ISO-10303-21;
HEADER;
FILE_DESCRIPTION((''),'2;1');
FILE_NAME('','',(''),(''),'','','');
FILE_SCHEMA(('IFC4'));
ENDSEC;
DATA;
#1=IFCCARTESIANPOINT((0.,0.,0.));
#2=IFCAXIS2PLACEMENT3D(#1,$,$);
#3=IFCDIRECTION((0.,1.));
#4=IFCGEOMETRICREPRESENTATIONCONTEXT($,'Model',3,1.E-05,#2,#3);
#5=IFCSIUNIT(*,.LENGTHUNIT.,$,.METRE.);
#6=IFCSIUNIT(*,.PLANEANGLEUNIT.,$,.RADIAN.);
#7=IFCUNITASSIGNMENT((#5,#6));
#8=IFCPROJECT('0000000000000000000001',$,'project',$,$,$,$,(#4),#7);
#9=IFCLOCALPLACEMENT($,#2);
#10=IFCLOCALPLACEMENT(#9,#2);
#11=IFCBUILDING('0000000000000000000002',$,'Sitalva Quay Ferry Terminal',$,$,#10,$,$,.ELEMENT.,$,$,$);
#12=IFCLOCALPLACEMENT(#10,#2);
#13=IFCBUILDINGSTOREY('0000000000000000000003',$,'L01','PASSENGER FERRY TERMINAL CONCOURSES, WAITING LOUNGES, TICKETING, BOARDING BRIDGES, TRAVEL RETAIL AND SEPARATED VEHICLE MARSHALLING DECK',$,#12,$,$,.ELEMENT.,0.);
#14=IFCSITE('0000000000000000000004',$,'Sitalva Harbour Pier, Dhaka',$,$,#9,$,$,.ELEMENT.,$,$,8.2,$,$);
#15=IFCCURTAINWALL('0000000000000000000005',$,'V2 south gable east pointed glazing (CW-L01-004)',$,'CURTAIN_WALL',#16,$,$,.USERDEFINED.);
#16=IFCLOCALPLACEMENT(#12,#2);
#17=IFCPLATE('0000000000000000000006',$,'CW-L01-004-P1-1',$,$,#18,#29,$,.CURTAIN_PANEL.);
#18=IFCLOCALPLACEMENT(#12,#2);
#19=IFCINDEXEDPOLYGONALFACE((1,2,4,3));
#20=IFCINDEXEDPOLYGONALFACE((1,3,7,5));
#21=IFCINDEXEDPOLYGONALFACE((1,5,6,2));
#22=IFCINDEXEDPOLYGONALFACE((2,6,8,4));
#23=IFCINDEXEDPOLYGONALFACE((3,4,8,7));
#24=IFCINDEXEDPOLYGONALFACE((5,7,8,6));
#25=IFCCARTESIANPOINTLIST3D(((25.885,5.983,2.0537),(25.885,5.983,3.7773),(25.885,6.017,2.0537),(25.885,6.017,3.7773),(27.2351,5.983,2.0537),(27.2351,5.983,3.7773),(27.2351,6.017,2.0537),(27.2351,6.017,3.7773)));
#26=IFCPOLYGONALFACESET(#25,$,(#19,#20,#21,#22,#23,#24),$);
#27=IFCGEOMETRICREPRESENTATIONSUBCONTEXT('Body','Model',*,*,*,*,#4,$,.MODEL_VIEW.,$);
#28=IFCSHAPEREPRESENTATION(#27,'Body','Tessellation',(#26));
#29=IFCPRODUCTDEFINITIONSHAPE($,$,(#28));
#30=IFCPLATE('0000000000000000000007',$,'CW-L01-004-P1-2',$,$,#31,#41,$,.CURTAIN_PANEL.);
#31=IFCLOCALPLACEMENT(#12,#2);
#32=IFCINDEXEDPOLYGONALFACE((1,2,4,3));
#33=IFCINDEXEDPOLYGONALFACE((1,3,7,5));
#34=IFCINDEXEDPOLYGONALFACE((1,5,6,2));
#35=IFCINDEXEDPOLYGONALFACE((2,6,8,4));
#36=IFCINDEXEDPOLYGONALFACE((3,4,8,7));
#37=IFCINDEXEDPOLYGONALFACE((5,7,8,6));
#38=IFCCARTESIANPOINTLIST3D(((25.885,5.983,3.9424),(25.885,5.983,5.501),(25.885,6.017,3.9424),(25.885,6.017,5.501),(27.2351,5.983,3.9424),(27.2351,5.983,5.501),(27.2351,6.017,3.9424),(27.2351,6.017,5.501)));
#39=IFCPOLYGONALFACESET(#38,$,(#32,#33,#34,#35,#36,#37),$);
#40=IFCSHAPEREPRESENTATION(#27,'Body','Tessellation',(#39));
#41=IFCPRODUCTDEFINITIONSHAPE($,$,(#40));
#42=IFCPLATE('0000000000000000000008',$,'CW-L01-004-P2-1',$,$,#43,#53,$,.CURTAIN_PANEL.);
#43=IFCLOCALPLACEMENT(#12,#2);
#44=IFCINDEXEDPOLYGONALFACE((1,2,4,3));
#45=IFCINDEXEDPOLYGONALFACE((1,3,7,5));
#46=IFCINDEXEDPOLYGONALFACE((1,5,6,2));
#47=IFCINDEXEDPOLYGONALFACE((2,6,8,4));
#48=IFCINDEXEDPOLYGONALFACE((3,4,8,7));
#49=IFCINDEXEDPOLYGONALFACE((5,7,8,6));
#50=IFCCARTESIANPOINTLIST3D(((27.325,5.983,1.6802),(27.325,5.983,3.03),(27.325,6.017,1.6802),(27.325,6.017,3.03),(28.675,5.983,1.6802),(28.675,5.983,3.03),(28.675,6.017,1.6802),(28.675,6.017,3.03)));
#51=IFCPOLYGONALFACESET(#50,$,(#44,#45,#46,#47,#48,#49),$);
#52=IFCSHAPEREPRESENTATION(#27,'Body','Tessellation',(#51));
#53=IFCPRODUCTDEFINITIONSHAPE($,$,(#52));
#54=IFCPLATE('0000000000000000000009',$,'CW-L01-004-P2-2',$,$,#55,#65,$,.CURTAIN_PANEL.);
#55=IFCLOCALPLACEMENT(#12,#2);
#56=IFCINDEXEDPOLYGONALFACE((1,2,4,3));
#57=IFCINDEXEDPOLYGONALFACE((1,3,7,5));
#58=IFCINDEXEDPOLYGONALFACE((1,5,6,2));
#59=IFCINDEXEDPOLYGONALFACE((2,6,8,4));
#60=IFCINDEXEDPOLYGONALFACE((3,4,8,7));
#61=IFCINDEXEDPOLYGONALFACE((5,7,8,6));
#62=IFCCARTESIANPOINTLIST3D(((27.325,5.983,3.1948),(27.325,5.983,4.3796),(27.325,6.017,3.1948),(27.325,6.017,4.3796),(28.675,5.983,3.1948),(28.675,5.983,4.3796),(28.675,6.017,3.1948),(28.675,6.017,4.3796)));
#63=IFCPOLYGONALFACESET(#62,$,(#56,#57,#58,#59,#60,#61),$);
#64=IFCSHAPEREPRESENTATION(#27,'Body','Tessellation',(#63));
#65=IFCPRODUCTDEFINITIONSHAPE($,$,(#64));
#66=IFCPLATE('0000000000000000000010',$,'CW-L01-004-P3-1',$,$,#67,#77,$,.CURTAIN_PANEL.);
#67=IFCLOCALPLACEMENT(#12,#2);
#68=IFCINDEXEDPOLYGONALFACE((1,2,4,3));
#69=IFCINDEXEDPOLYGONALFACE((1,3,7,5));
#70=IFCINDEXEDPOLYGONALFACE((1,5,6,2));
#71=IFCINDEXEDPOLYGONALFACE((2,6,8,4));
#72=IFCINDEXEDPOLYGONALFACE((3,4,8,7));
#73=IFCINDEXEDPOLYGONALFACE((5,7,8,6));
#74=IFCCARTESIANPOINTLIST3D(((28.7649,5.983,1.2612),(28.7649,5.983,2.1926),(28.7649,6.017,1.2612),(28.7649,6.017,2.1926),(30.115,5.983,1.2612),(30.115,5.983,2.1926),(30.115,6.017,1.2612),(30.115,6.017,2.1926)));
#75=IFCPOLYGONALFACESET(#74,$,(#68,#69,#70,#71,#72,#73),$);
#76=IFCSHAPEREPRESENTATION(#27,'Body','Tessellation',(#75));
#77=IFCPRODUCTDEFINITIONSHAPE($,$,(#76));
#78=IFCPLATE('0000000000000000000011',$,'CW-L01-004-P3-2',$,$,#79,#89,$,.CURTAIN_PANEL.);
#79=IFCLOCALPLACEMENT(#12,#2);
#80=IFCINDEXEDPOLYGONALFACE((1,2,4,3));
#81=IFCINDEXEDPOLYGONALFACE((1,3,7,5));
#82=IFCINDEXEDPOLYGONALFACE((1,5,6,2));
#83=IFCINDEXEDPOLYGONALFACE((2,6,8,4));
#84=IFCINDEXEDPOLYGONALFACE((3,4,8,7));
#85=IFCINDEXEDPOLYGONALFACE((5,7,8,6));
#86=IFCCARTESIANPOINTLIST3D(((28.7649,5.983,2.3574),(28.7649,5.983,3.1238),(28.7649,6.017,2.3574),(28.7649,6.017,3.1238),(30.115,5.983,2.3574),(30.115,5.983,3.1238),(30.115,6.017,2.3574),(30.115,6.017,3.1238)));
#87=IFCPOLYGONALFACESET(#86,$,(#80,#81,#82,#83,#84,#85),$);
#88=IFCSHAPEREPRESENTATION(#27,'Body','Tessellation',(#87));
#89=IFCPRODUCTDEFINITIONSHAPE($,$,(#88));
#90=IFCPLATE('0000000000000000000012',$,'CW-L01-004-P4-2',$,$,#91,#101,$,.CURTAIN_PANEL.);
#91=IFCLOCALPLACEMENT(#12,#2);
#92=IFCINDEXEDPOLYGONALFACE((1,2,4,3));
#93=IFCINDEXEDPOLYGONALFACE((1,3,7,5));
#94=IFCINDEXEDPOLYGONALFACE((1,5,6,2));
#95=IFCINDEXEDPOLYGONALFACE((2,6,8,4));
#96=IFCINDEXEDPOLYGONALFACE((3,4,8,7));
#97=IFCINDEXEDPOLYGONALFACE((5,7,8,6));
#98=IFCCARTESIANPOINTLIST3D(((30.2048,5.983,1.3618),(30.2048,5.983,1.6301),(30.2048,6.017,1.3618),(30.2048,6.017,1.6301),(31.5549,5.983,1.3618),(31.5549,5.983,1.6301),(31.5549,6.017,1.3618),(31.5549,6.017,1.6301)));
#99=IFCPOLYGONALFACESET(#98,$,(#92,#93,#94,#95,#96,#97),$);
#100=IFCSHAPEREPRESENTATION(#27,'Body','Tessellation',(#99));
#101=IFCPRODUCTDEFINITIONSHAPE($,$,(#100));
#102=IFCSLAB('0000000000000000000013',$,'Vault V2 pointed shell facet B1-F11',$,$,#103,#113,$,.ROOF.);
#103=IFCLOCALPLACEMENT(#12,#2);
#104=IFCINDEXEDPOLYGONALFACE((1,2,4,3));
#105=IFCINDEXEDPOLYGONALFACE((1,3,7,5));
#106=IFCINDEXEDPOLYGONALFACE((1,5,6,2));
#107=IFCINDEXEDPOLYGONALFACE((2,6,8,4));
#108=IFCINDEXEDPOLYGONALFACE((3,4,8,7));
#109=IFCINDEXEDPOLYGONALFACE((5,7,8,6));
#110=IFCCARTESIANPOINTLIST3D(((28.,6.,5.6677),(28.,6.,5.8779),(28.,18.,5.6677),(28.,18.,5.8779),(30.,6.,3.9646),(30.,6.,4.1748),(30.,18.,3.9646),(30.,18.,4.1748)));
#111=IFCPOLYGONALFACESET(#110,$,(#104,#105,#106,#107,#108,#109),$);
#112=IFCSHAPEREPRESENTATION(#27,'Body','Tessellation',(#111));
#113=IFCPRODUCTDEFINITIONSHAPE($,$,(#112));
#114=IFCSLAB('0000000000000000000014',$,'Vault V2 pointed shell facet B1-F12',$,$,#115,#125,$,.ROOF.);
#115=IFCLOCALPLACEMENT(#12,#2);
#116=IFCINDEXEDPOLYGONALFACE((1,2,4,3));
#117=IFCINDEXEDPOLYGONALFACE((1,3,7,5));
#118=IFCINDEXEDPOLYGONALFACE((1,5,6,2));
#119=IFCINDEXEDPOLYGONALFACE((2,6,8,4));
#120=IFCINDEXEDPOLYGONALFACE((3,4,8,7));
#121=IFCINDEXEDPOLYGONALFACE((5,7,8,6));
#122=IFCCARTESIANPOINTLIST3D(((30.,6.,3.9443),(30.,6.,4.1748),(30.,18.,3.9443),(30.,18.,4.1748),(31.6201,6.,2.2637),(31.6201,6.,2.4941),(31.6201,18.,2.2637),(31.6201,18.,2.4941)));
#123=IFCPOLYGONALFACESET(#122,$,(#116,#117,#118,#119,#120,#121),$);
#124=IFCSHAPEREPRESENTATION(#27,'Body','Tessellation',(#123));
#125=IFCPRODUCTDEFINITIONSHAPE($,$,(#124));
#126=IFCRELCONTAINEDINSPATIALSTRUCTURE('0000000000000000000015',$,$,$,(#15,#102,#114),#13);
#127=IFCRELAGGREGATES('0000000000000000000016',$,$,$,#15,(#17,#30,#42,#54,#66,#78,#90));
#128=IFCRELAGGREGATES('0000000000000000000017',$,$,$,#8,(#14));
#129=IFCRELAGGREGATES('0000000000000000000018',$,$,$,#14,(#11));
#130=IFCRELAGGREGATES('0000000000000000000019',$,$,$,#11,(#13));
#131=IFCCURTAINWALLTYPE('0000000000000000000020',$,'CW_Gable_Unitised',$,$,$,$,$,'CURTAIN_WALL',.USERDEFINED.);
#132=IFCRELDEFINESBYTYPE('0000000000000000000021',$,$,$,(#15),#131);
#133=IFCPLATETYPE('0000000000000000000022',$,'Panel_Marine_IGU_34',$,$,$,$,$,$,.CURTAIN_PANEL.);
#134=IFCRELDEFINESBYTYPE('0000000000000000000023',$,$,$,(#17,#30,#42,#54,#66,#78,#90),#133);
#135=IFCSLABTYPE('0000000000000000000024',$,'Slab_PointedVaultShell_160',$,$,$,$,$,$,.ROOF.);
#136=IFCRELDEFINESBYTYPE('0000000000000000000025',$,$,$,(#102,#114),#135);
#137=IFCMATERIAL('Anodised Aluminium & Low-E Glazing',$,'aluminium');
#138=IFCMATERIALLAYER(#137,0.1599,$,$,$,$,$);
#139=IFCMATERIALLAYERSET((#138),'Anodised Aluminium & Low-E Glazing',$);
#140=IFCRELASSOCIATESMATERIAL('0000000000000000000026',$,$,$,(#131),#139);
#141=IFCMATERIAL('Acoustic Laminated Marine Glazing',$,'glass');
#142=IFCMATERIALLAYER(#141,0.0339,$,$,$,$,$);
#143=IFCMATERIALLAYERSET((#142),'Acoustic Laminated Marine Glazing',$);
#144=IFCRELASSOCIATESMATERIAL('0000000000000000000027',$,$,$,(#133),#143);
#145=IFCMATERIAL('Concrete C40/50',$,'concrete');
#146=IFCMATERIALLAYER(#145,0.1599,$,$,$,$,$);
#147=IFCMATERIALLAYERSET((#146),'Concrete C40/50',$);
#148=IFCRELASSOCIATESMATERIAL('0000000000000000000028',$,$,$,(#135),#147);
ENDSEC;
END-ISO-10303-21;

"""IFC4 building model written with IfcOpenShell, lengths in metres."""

from ifc_helpers import new_model, si_unit, direction, frame, origin, origin_2d, place, context, subcontext, project, spatial, polyline, rectangle, outline, extrude, material, layer, layer_set, type_object, element, aggregate, save


model = new_model("IFC4")

# Units and contexts
model_context = context("Model", 3, precision=1e-05, world=origin(), true_north=direction((0.0, 1.0)))
body_context = subcontext(model_context, "Body", "Model", "MODEL_VIEW")
ifc_project = project(units=[si_unit("LENGTHUNIT", "METRE"), si_unit("PLANEANGLEUNIT", "RADIAN")], contexts=[model_context])

# Site, building, storey
site_placement = place(None, origin())
site = spatial("IfcSite", under=ifc_project, at=site_placement, Name="Sitalva Harbour Pier, Dhaka", CompositionType="ELEMENT", RefElevation=8.2)
building_placement = place(site_placement, origin())
building = spatial("IfcBuilding", under=site, at=building_placement, Name="Sitalva Quay Ferry Terminal", CompositionType="ELEMENT")
storey_placement = place(building_placement, origin())
storey = spatial("IfcBuildingStorey", under=building, at=storey_placement, Name="L01", Description="PASSENGER FERRY TERMINAL CONCOURSES, WAITING LOUNGES, TICKETING, BOARDING BRIDGES, TRAVEL RETAIL AND SEPARATED VEHICLE MARSHALLING DECK", CompositionType="ELEMENT", Elevation=0.0)

# Curtain wall, plates
ifc_material_1 = material(Name="Anodised Aluminium & Low-E Glazing", Category="aluminium")
ifc_layer_1 = layer(ifc_material_1, 0.1599)
ifc_layer_set_1 = layer_set([ifc_layer_1], Name="Anodised Aluminium & Low-E Glazing")
curtain_wall_type_1 = type_object("IfcCurtainWallType", Name="CW_Gable_Unitised", ElementType="CURTAIN_WALL", PredefinedType="USERDEFINED", material=ifc_layer_set_1)
curtain_wall_1_placement = place(storey_placement, origin())
curtain_wall_1 = element("IfcCurtainWall", 1, at=curtain_wall_1_placement, inside=storey, type_object=curtain_wall_type_1, Name="V2 south gable east pointed glazing (CW-L01-004)", ObjectType="CURTAIN_WALL", PredefinedType="USERDEFINED")
ifc_material_2 = material(Name="Acoustic Laminated Marine Glazing", Category="glass")
ifc_layer_2 = layer(ifc_material_2, 0.0339)
ifc_layer_set_2 = layer_set([ifc_layer_2], Name="Acoustic Laminated Marine Glazing")
plate_type = type_object("IfcPlateType", Name="Panel_Marine_IGU_34", PredefinedType="CURTAIN_PANEL", material=ifc_layer_set_2)
plate_1_placement = place(storey_placement, frame((26.5601, 6.0, 2.0537), z_axis=(0.0, 0.0, 1.0), x_axis=(1.0, 0.0, 0.0)))
plate_1 = element("IfcPlate", 2, at=plate_1_placement, type_object=plate_type, Name="CW-L01-004-P1-1", PredefinedType="CURTAIN_PANEL", context=body_context, shape_type="SweptSolid", body=[
    extrude(rectangle(XDim=1.3501, YDim=0.0339, at=origin_2d()), origin(), (0.0, 0.0, 1.0), 1.7236),
])
plate_2_placement = place(storey_placement, frame((26.5601, 6.0, 3.9424), z_axis=(0.0, 0.0, 1.0), x_axis=(1.0, 0.0, 0.0)))
plate_2 = element("IfcPlate", 3, at=plate_2_placement, type_object=plate_type, Name="CW-L01-004-P1-2", PredefinedType="CURTAIN_PANEL", context=body_context, shape_type="SweptSolid", body=[
    extrude(rectangle(XDim=1.3501, YDim=0.0339, at=origin_2d()), origin(), (0.0, 0.0, 1.0), 1.5586),
])
plate_3_placement = place(storey_placement, frame((28.0, 6.0, 1.6802), z_axis=(0.0, 0.0, 1.0), x_axis=(1.0, 0.0, 0.0)))
plate_3 = element("IfcPlate", 4, at=plate_3_placement, type_object=plate_type, Name="CW-L01-004-P2-1", PredefinedType="CURTAIN_PANEL", context=body_context, shape_type="SweptSolid", body=[
    extrude(rectangle(XDim=1.3501, YDim=0.0339, at=origin_2d()), origin(), (0.0, 0.0, 1.0), 1.3499),
])
plate_4_placement = place(storey_placement, frame((28.0, 6.0, 3.1948), z_axis=(0.0, 0.0, 1.0), x_axis=(1.0, 0.0, 0.0)))
plate_4 = element("IfcPlate", 5, at=plate_4_placement, type_object=plate_type, Name="CW-L01-004-P2-2", PredefinedType="CURTAIN_PANEL", context=body_context, shape_type="SweptSolid", body=[
    extrude(rectangle(XDim=1.3501, YDim=0.0339, at=origin_2d()), origin(), (0.0, 0.0, 1.0), 1.1848),
])
plate_5_placement = place(storey_placement, frame((29.4399, 6.0, 1.2612), z_axis=(0.0, 0.0, 1.0), x_axis=(1.0, 0.0, 0.0)))
plate_5 = element("IfcPlate", 6, at=plate_5_placement, type_object=plate_type, Name="CW-L01-004-P3-1", PredefinedType="CURTAIN_PANEL", context=body_context, shape_type="SweptSolid", body=[
    extrude(rectangle(XDim=1.3501, YDim=0.0339, at=origin_2d()), origin(), (0.0, 0.0, 1.0), 0.9314),
])
plate_6_placement = place(storey_placement, frame((29.4399, 6.0, 2.3574), z_axis=(0.0, 0.0, 1.0), x_axis=(1.0, 0.0, 0.0)))
plate_6 = element("IfcPlate", 7, at=plate_6_placement, type_object=plate_type, Name="CW-L01-004-P3-2", PredefinedType="CURTAIN_PANEL", context=body_context, shape_type="SweptSolid", body=[
    extrude(rectangle(XDim=1.3501, YDim=0.0339, at=origin_2d()), origin(), (0.0, 0.0, 1.0), 0.7664),
])
plate_7_placement = place(storey_placement, frame((30.8799, 6.0, 1.3618), z_axis=(0.0, 0.0, 1.0), x_axis=(1.0, 0.0, 0.0)))
plate_7 = element("IfcPlate", 8, at=plate_7_placement, type_object=plate_type, Name="CW-L01-004-P4-2", PredefinedType="CURTAIN_PANEL", context=body_context, shape_type="SweptSolid", body=[
    extrude(rectangle(XDim=1.3501, YDim=0.0339, at=origin_2d()), origin(), (0.0, 0.0, 1.0), 0.2683),
])
aggregate(curtain_wall_1, [plate_1, plate_2, plate_3, plate_4, plate_5, plate_6, plate_7])

# Slabs
ifc_material_3 = material(Name="Concrete C40/50", Category="concrete")
ifc_layer_3 = layer(ifc_material_3, 0.1599)
ifc_layer_set_3 = layer_set([ifc_layer_3], Name="Concrete C40/50")
slab_type = type_object("IfcSlabType", Name="Slab_PointedVaultShell_160", PredefinedType="ROOF", material=ifc_layer_set_3)
slab_1_placement = place(storey_placement, frame((28.0, 6.0, 5.8779), z_axis=(0.648339, 0.0, 0.761352), x_axis=(0.761352, 0.0, -0.648339)))
element("IfcSlab", 9, at=slab_1_placement, inside=storey, type_object=slab_type, Name="Vault V2 pointed shell facet B1-F11", PredefinedType="ROOF", context=body_context, shape_type="SweptSolid", body=[
    extrude(outline(polyline([(0.0, 0.0), (2.6269, 0.0), (2.6269, 12.0), (0.0, 12.0), (0.0, 0.0)])), origin(), (0.648339, 0.0, -0.761352), 0.2102),
])
slab_2_placement = place(storey_placement, frame((30.0, 6.0, 4.1748), z_axis=(0.719956, 0.0, 0.694019), x_axis=(0.694019, 0.0, -0.719956)))
element("IfcSlab", 10, at=slab_2_placement, inside=storey, type_object=slab_type, Name="Vault V2 pointed shell facet B1-F12", PredefinedType="ROOF", context=body_context, shape_type="SweptSolid", body=[
    extrude(outline(polyline([(0.0, 0.0), (2.3344, 0.0), (2.3344, 12.0), (0.0, 12.0), (0.0, 0.0)])), origin(), (0.719956, 0.0, -0.694019), 0.2305),
])

save(model, "model.ifc")
